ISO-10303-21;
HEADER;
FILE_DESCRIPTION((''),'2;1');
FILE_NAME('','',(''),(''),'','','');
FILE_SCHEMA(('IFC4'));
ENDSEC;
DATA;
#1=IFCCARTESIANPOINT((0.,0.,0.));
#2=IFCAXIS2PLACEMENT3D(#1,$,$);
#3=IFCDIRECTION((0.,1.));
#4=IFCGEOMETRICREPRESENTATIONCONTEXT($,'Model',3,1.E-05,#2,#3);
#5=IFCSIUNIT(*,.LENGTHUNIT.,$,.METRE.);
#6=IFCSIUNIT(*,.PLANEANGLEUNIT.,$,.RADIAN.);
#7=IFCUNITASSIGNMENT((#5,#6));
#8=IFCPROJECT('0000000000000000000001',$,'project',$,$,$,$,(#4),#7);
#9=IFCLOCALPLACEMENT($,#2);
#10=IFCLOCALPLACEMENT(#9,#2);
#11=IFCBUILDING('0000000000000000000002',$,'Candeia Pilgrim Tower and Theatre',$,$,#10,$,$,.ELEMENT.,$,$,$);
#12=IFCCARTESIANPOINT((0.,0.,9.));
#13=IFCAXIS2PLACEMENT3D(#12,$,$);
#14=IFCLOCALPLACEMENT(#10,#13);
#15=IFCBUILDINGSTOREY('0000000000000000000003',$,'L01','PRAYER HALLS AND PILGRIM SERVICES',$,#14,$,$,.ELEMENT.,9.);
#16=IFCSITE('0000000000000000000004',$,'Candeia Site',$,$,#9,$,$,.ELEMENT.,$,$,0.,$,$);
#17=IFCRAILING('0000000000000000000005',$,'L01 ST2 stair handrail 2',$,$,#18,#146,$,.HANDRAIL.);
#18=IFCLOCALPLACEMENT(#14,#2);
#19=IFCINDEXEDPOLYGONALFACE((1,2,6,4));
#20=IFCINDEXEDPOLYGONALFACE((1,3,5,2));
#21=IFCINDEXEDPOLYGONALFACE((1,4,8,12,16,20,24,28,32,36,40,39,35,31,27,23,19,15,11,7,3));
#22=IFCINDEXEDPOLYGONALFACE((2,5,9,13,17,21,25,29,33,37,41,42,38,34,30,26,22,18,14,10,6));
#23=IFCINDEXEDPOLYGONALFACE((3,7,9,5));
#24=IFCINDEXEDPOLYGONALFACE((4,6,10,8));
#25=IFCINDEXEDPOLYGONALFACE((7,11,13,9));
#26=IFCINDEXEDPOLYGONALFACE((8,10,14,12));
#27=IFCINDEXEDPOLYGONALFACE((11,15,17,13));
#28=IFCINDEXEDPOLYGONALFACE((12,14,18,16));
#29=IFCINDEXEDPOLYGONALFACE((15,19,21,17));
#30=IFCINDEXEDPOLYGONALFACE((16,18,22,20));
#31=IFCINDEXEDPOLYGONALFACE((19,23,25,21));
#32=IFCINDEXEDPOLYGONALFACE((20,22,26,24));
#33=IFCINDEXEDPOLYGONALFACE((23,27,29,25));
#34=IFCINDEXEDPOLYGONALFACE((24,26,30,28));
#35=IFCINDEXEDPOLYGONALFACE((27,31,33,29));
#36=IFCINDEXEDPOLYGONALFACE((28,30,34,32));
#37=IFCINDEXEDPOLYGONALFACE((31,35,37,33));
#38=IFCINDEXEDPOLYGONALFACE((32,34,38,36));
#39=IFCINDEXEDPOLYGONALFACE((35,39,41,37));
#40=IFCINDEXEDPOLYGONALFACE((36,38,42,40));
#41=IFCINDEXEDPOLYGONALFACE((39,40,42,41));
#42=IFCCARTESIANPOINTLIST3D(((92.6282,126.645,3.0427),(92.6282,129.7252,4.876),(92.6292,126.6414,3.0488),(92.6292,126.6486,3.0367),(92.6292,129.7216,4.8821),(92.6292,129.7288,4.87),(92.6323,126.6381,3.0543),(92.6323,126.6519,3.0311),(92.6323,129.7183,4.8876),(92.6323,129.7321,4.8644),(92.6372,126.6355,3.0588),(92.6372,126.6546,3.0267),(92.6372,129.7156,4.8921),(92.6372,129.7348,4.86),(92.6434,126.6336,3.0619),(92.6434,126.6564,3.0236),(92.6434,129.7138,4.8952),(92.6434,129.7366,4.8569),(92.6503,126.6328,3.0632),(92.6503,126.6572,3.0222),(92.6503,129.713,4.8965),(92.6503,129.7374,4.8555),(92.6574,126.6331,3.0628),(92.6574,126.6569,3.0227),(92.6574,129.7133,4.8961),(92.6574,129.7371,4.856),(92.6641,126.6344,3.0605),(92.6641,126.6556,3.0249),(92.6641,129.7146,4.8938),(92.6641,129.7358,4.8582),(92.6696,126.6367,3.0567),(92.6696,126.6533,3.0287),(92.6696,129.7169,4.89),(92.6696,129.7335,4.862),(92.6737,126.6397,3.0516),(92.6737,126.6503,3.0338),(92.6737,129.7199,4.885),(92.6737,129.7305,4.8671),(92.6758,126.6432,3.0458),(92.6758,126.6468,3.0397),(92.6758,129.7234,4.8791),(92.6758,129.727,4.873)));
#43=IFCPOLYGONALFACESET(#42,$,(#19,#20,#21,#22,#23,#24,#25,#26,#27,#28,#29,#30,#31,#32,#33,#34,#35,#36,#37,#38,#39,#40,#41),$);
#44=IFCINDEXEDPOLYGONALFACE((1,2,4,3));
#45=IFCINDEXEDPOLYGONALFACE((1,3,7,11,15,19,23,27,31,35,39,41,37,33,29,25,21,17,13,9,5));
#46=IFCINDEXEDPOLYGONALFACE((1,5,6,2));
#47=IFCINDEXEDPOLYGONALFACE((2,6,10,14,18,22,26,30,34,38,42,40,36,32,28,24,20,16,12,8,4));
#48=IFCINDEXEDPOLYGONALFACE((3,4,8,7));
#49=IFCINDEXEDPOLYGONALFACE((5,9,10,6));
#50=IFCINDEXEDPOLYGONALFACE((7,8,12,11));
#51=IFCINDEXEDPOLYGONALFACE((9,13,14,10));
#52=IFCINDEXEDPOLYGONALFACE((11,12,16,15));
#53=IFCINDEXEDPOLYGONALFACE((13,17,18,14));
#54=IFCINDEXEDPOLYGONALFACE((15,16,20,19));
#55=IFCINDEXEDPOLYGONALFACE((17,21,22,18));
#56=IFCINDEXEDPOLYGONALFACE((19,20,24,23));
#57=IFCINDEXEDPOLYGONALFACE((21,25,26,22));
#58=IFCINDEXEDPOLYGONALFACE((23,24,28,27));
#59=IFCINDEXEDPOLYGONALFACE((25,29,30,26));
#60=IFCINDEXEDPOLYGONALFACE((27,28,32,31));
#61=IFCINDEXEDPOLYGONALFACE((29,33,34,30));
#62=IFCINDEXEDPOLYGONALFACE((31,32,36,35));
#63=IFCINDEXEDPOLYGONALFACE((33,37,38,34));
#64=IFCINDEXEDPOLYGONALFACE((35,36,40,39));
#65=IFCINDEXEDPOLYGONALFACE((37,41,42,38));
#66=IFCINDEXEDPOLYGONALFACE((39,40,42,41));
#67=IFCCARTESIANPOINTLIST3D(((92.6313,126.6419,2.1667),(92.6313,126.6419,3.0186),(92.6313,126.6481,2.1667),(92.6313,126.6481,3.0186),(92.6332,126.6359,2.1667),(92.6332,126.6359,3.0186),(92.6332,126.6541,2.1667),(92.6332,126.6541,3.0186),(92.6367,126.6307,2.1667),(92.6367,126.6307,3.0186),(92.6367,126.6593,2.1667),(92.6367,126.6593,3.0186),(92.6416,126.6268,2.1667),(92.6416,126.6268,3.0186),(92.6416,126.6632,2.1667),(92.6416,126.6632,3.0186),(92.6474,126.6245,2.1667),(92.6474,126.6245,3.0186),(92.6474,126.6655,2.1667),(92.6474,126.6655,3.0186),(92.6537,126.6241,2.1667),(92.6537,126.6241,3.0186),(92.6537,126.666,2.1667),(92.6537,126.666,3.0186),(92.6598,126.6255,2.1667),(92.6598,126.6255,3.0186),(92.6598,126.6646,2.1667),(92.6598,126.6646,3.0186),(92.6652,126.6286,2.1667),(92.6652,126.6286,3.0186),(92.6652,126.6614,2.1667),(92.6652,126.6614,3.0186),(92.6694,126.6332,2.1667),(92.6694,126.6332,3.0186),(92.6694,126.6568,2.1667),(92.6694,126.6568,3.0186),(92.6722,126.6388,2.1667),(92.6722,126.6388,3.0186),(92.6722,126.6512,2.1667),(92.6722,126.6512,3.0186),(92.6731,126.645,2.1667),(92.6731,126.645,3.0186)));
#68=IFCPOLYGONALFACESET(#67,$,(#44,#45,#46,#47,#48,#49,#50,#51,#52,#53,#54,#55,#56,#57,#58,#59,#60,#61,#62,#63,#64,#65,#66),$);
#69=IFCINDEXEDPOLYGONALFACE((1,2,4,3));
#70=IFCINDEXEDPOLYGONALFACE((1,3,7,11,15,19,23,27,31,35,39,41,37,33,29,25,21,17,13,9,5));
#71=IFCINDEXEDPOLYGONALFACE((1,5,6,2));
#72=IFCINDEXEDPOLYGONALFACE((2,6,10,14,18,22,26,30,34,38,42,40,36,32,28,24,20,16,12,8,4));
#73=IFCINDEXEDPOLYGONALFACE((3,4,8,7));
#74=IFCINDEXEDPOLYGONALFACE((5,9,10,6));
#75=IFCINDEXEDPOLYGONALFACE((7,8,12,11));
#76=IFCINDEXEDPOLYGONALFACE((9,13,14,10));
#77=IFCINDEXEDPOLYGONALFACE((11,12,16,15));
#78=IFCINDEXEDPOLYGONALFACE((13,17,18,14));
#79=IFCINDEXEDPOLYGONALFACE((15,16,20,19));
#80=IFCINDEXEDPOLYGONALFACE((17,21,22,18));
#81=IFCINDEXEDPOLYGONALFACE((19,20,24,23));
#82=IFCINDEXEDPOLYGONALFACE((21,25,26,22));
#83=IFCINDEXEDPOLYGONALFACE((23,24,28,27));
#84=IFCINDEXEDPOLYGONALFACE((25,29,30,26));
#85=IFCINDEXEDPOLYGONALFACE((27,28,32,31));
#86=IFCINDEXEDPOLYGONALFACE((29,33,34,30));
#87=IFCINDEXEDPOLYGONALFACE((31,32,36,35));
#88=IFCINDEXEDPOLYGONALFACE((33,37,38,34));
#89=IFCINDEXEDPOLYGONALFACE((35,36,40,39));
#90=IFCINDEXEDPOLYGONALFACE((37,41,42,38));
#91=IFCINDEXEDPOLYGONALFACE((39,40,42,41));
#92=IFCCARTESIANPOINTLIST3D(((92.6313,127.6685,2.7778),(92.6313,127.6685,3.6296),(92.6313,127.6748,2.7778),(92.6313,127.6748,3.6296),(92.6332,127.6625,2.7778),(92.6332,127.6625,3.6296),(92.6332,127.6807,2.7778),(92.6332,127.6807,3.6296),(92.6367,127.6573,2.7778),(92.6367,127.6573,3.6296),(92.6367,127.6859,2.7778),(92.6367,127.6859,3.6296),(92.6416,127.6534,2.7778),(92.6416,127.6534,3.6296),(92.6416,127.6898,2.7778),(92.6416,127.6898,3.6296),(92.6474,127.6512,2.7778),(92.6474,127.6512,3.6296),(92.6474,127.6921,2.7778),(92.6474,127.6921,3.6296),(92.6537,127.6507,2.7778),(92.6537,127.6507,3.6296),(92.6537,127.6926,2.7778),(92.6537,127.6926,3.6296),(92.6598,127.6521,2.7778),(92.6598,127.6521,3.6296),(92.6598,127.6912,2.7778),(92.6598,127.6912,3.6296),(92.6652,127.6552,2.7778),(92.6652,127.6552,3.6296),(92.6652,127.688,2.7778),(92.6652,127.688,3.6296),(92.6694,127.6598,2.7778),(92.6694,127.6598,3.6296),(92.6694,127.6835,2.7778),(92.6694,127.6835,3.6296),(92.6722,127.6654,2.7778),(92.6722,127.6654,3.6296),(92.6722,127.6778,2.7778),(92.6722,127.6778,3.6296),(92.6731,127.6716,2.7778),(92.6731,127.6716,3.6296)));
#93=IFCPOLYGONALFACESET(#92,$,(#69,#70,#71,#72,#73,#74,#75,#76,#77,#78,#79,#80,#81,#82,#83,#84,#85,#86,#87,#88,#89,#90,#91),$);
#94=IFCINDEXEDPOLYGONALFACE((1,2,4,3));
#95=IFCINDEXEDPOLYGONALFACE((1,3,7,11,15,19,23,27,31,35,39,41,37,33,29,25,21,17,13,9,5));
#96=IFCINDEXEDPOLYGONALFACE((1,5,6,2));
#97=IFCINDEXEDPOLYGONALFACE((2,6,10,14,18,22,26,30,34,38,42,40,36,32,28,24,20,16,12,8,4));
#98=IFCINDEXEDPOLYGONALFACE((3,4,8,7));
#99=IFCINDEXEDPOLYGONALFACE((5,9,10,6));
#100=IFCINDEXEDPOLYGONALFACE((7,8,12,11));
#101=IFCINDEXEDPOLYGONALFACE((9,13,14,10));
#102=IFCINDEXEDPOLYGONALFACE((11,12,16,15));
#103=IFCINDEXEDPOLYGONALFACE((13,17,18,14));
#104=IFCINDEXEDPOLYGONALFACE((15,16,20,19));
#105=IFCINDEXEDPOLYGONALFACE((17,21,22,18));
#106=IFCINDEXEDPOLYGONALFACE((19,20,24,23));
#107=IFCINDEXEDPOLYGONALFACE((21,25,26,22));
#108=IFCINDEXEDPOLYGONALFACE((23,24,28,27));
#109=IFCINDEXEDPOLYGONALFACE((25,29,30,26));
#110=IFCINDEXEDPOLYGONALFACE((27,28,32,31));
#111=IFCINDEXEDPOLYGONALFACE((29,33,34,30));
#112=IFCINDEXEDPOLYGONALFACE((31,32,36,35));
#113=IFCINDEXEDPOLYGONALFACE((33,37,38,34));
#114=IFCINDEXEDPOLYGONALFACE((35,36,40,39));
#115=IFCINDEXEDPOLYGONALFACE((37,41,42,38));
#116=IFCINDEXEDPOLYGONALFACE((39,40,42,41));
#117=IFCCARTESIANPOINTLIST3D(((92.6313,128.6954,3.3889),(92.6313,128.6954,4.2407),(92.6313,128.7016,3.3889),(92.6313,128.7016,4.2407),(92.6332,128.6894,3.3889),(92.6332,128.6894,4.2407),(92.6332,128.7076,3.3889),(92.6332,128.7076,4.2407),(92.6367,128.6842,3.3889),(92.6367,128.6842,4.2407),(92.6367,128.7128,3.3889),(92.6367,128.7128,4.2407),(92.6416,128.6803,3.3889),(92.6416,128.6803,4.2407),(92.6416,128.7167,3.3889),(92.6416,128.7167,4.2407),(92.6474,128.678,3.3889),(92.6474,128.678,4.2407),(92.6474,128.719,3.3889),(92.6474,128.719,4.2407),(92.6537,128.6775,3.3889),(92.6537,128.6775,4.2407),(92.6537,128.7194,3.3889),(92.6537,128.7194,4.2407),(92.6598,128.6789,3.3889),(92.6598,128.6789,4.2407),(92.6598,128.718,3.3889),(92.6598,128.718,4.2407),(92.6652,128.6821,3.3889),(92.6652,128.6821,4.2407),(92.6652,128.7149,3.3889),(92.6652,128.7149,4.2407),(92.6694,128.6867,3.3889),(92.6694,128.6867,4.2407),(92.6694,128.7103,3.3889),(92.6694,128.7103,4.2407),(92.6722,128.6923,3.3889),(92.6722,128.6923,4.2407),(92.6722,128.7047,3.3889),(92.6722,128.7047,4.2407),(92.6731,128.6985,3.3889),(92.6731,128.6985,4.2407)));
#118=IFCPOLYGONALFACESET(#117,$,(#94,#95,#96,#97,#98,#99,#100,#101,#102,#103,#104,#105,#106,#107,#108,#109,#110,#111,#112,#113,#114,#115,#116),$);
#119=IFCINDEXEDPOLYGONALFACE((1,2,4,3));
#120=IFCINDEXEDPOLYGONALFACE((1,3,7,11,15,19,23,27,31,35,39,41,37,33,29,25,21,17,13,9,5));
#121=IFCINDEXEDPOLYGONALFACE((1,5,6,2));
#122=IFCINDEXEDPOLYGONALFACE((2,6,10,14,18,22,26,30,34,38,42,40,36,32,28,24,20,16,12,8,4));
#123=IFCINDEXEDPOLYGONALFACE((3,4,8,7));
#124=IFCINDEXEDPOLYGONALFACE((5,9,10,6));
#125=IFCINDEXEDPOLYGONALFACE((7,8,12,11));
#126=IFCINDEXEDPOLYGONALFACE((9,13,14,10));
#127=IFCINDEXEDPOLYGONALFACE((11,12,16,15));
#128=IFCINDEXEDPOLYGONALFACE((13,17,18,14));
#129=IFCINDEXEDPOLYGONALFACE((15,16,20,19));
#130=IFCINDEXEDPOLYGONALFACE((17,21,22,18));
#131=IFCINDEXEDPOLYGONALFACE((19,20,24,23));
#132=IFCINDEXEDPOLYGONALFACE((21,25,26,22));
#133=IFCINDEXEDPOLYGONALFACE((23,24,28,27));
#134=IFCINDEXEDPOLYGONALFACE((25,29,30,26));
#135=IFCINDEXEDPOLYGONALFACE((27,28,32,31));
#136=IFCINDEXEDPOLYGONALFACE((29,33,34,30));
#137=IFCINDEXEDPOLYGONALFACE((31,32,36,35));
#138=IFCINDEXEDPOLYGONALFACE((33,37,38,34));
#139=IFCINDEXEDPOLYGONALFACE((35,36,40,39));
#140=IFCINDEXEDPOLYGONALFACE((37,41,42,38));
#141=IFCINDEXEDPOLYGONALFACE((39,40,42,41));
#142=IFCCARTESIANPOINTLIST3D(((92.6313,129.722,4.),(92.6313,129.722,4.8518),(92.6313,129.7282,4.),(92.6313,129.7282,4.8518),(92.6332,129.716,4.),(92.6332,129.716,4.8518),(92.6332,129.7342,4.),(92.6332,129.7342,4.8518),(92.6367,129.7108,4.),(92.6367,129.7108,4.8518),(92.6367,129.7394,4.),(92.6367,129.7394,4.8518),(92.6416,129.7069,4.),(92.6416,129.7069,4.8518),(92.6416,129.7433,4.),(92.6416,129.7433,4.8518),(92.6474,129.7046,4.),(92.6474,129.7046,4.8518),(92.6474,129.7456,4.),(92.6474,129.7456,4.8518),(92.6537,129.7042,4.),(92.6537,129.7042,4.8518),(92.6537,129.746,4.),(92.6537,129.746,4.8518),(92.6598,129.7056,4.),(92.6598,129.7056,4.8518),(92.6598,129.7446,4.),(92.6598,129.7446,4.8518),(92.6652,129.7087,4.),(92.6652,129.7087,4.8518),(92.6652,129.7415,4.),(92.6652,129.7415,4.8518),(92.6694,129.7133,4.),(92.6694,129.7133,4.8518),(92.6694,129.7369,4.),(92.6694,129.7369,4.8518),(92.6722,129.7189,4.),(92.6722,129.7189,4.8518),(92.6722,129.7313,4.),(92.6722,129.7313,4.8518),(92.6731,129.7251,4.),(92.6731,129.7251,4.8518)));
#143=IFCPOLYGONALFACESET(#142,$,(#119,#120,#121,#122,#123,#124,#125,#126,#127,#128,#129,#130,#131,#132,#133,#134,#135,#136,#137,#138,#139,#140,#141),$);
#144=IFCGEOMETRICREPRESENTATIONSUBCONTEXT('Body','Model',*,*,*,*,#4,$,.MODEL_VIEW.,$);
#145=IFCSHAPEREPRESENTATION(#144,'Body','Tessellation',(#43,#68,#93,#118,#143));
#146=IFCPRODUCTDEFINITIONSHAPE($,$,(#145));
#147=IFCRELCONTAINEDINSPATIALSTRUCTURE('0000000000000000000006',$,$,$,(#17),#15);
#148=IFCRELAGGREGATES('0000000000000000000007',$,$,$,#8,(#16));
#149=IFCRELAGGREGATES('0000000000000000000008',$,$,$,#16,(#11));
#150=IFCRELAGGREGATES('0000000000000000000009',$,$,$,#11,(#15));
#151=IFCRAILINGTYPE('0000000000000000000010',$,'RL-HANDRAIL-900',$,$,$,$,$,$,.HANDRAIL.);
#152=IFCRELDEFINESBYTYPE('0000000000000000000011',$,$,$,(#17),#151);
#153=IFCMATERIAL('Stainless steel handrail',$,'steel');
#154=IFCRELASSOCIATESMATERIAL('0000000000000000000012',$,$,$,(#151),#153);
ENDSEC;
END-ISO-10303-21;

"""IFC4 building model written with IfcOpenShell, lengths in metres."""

from ifc_helpers import new_model, si_unit, direction, frame, origin, origin_2d, place, context, subcontext, project, spatial, circle, extrude, material, type_object, element, save


model = new_model("IFC4")

# Units and contexts
model_context = context("Model", 3, precision=1e-05, world=origin(), true_north=direction((0.0, 1.0)))
body_context = subcontext(model_context, "Body", "Model", "MODEL_VIEW")
ifc_project = project(units=[si_unit("LENGTHUNIT", "METRE"), si_unit("PLANEANGLEUNIT", "RADIAN")], contexts=[model_context])

# Site, building, storey
site_placement = place(None, origin())
site = spatial("IfcSite", under=ifc_project, at=site_placement, Name="Candeia Site", CompositionType="ELEMENT", RefElevation=0.0)
building_placement = place(site_placement, origin())
building = spatial("IfcBuilding", under=site, at=building_placement, Name="Candeia Pilgrim Tower and Theatre", CompositionType="ELEMENT")
storey_placement = place(building_placement, frame((0.0, 0.0, 9.0)))
storey = spatial("IfcBuildingStorey", under=building, at=storey_placement, Name="L01", Description="PRAYER HALLS AND PILGRIM SERVICES", CompositionType="ELEMENT", Elevation=9.0)

# Railing
ifc_material_1 = material(Name="Stainless steel handrail", Category="steel")
railing_type_1 = type_object("IfcRailingType", Name="RL-HANDRAIL-900", PredefinedType="HANDRAIL", material=ifc_material_1)
for number, where, name in (
    (1, (92.6521, 126.645, 2.1667), "L01 ST2 stair handrail 2"),
):
    element("IfcRailing", number, at=place(storey_placement, frame(where)), inside=storey, type_object=railing_type_1, Name=name, PredefinedType="HANDRAIL", context=body_context, shape_type="SweptSolid", body=[
        extrude(circle(Radius=0.0239, at=origin_2d()), frame((0.0, 0.0, 0.876), z_axis=(0.0, 0.859309, 0.511458), x_axis=(-1.0, 0.0, 0.0)), (0.0, 0.0, 1.0), 3.5845),
        extrude(circle(Radius=0.021, at=origin_2d()), origin(), (0.0, 0.0, 1.0), 0.8518),
        extrude(circle(Radius=0.021, at=origin_2d()), frame((0.0, 1.0266, 0.6111)), (0.0, 0.0, 1.0), 0.8518),
        extrude(circle(Radius=0.021, at=origin_2d()), frame((0.0, 2.0535, 1.2222)), (0.0, 0.0, 1.0), 0.8518),
        extrude(circle(Radius=0.021, at=origin_2d()), frame((0.0, 3.0801, 1.8333)), (0.0, 0.0, 1.0), 0.8518),
    ])

save(model, "model.ifc")
